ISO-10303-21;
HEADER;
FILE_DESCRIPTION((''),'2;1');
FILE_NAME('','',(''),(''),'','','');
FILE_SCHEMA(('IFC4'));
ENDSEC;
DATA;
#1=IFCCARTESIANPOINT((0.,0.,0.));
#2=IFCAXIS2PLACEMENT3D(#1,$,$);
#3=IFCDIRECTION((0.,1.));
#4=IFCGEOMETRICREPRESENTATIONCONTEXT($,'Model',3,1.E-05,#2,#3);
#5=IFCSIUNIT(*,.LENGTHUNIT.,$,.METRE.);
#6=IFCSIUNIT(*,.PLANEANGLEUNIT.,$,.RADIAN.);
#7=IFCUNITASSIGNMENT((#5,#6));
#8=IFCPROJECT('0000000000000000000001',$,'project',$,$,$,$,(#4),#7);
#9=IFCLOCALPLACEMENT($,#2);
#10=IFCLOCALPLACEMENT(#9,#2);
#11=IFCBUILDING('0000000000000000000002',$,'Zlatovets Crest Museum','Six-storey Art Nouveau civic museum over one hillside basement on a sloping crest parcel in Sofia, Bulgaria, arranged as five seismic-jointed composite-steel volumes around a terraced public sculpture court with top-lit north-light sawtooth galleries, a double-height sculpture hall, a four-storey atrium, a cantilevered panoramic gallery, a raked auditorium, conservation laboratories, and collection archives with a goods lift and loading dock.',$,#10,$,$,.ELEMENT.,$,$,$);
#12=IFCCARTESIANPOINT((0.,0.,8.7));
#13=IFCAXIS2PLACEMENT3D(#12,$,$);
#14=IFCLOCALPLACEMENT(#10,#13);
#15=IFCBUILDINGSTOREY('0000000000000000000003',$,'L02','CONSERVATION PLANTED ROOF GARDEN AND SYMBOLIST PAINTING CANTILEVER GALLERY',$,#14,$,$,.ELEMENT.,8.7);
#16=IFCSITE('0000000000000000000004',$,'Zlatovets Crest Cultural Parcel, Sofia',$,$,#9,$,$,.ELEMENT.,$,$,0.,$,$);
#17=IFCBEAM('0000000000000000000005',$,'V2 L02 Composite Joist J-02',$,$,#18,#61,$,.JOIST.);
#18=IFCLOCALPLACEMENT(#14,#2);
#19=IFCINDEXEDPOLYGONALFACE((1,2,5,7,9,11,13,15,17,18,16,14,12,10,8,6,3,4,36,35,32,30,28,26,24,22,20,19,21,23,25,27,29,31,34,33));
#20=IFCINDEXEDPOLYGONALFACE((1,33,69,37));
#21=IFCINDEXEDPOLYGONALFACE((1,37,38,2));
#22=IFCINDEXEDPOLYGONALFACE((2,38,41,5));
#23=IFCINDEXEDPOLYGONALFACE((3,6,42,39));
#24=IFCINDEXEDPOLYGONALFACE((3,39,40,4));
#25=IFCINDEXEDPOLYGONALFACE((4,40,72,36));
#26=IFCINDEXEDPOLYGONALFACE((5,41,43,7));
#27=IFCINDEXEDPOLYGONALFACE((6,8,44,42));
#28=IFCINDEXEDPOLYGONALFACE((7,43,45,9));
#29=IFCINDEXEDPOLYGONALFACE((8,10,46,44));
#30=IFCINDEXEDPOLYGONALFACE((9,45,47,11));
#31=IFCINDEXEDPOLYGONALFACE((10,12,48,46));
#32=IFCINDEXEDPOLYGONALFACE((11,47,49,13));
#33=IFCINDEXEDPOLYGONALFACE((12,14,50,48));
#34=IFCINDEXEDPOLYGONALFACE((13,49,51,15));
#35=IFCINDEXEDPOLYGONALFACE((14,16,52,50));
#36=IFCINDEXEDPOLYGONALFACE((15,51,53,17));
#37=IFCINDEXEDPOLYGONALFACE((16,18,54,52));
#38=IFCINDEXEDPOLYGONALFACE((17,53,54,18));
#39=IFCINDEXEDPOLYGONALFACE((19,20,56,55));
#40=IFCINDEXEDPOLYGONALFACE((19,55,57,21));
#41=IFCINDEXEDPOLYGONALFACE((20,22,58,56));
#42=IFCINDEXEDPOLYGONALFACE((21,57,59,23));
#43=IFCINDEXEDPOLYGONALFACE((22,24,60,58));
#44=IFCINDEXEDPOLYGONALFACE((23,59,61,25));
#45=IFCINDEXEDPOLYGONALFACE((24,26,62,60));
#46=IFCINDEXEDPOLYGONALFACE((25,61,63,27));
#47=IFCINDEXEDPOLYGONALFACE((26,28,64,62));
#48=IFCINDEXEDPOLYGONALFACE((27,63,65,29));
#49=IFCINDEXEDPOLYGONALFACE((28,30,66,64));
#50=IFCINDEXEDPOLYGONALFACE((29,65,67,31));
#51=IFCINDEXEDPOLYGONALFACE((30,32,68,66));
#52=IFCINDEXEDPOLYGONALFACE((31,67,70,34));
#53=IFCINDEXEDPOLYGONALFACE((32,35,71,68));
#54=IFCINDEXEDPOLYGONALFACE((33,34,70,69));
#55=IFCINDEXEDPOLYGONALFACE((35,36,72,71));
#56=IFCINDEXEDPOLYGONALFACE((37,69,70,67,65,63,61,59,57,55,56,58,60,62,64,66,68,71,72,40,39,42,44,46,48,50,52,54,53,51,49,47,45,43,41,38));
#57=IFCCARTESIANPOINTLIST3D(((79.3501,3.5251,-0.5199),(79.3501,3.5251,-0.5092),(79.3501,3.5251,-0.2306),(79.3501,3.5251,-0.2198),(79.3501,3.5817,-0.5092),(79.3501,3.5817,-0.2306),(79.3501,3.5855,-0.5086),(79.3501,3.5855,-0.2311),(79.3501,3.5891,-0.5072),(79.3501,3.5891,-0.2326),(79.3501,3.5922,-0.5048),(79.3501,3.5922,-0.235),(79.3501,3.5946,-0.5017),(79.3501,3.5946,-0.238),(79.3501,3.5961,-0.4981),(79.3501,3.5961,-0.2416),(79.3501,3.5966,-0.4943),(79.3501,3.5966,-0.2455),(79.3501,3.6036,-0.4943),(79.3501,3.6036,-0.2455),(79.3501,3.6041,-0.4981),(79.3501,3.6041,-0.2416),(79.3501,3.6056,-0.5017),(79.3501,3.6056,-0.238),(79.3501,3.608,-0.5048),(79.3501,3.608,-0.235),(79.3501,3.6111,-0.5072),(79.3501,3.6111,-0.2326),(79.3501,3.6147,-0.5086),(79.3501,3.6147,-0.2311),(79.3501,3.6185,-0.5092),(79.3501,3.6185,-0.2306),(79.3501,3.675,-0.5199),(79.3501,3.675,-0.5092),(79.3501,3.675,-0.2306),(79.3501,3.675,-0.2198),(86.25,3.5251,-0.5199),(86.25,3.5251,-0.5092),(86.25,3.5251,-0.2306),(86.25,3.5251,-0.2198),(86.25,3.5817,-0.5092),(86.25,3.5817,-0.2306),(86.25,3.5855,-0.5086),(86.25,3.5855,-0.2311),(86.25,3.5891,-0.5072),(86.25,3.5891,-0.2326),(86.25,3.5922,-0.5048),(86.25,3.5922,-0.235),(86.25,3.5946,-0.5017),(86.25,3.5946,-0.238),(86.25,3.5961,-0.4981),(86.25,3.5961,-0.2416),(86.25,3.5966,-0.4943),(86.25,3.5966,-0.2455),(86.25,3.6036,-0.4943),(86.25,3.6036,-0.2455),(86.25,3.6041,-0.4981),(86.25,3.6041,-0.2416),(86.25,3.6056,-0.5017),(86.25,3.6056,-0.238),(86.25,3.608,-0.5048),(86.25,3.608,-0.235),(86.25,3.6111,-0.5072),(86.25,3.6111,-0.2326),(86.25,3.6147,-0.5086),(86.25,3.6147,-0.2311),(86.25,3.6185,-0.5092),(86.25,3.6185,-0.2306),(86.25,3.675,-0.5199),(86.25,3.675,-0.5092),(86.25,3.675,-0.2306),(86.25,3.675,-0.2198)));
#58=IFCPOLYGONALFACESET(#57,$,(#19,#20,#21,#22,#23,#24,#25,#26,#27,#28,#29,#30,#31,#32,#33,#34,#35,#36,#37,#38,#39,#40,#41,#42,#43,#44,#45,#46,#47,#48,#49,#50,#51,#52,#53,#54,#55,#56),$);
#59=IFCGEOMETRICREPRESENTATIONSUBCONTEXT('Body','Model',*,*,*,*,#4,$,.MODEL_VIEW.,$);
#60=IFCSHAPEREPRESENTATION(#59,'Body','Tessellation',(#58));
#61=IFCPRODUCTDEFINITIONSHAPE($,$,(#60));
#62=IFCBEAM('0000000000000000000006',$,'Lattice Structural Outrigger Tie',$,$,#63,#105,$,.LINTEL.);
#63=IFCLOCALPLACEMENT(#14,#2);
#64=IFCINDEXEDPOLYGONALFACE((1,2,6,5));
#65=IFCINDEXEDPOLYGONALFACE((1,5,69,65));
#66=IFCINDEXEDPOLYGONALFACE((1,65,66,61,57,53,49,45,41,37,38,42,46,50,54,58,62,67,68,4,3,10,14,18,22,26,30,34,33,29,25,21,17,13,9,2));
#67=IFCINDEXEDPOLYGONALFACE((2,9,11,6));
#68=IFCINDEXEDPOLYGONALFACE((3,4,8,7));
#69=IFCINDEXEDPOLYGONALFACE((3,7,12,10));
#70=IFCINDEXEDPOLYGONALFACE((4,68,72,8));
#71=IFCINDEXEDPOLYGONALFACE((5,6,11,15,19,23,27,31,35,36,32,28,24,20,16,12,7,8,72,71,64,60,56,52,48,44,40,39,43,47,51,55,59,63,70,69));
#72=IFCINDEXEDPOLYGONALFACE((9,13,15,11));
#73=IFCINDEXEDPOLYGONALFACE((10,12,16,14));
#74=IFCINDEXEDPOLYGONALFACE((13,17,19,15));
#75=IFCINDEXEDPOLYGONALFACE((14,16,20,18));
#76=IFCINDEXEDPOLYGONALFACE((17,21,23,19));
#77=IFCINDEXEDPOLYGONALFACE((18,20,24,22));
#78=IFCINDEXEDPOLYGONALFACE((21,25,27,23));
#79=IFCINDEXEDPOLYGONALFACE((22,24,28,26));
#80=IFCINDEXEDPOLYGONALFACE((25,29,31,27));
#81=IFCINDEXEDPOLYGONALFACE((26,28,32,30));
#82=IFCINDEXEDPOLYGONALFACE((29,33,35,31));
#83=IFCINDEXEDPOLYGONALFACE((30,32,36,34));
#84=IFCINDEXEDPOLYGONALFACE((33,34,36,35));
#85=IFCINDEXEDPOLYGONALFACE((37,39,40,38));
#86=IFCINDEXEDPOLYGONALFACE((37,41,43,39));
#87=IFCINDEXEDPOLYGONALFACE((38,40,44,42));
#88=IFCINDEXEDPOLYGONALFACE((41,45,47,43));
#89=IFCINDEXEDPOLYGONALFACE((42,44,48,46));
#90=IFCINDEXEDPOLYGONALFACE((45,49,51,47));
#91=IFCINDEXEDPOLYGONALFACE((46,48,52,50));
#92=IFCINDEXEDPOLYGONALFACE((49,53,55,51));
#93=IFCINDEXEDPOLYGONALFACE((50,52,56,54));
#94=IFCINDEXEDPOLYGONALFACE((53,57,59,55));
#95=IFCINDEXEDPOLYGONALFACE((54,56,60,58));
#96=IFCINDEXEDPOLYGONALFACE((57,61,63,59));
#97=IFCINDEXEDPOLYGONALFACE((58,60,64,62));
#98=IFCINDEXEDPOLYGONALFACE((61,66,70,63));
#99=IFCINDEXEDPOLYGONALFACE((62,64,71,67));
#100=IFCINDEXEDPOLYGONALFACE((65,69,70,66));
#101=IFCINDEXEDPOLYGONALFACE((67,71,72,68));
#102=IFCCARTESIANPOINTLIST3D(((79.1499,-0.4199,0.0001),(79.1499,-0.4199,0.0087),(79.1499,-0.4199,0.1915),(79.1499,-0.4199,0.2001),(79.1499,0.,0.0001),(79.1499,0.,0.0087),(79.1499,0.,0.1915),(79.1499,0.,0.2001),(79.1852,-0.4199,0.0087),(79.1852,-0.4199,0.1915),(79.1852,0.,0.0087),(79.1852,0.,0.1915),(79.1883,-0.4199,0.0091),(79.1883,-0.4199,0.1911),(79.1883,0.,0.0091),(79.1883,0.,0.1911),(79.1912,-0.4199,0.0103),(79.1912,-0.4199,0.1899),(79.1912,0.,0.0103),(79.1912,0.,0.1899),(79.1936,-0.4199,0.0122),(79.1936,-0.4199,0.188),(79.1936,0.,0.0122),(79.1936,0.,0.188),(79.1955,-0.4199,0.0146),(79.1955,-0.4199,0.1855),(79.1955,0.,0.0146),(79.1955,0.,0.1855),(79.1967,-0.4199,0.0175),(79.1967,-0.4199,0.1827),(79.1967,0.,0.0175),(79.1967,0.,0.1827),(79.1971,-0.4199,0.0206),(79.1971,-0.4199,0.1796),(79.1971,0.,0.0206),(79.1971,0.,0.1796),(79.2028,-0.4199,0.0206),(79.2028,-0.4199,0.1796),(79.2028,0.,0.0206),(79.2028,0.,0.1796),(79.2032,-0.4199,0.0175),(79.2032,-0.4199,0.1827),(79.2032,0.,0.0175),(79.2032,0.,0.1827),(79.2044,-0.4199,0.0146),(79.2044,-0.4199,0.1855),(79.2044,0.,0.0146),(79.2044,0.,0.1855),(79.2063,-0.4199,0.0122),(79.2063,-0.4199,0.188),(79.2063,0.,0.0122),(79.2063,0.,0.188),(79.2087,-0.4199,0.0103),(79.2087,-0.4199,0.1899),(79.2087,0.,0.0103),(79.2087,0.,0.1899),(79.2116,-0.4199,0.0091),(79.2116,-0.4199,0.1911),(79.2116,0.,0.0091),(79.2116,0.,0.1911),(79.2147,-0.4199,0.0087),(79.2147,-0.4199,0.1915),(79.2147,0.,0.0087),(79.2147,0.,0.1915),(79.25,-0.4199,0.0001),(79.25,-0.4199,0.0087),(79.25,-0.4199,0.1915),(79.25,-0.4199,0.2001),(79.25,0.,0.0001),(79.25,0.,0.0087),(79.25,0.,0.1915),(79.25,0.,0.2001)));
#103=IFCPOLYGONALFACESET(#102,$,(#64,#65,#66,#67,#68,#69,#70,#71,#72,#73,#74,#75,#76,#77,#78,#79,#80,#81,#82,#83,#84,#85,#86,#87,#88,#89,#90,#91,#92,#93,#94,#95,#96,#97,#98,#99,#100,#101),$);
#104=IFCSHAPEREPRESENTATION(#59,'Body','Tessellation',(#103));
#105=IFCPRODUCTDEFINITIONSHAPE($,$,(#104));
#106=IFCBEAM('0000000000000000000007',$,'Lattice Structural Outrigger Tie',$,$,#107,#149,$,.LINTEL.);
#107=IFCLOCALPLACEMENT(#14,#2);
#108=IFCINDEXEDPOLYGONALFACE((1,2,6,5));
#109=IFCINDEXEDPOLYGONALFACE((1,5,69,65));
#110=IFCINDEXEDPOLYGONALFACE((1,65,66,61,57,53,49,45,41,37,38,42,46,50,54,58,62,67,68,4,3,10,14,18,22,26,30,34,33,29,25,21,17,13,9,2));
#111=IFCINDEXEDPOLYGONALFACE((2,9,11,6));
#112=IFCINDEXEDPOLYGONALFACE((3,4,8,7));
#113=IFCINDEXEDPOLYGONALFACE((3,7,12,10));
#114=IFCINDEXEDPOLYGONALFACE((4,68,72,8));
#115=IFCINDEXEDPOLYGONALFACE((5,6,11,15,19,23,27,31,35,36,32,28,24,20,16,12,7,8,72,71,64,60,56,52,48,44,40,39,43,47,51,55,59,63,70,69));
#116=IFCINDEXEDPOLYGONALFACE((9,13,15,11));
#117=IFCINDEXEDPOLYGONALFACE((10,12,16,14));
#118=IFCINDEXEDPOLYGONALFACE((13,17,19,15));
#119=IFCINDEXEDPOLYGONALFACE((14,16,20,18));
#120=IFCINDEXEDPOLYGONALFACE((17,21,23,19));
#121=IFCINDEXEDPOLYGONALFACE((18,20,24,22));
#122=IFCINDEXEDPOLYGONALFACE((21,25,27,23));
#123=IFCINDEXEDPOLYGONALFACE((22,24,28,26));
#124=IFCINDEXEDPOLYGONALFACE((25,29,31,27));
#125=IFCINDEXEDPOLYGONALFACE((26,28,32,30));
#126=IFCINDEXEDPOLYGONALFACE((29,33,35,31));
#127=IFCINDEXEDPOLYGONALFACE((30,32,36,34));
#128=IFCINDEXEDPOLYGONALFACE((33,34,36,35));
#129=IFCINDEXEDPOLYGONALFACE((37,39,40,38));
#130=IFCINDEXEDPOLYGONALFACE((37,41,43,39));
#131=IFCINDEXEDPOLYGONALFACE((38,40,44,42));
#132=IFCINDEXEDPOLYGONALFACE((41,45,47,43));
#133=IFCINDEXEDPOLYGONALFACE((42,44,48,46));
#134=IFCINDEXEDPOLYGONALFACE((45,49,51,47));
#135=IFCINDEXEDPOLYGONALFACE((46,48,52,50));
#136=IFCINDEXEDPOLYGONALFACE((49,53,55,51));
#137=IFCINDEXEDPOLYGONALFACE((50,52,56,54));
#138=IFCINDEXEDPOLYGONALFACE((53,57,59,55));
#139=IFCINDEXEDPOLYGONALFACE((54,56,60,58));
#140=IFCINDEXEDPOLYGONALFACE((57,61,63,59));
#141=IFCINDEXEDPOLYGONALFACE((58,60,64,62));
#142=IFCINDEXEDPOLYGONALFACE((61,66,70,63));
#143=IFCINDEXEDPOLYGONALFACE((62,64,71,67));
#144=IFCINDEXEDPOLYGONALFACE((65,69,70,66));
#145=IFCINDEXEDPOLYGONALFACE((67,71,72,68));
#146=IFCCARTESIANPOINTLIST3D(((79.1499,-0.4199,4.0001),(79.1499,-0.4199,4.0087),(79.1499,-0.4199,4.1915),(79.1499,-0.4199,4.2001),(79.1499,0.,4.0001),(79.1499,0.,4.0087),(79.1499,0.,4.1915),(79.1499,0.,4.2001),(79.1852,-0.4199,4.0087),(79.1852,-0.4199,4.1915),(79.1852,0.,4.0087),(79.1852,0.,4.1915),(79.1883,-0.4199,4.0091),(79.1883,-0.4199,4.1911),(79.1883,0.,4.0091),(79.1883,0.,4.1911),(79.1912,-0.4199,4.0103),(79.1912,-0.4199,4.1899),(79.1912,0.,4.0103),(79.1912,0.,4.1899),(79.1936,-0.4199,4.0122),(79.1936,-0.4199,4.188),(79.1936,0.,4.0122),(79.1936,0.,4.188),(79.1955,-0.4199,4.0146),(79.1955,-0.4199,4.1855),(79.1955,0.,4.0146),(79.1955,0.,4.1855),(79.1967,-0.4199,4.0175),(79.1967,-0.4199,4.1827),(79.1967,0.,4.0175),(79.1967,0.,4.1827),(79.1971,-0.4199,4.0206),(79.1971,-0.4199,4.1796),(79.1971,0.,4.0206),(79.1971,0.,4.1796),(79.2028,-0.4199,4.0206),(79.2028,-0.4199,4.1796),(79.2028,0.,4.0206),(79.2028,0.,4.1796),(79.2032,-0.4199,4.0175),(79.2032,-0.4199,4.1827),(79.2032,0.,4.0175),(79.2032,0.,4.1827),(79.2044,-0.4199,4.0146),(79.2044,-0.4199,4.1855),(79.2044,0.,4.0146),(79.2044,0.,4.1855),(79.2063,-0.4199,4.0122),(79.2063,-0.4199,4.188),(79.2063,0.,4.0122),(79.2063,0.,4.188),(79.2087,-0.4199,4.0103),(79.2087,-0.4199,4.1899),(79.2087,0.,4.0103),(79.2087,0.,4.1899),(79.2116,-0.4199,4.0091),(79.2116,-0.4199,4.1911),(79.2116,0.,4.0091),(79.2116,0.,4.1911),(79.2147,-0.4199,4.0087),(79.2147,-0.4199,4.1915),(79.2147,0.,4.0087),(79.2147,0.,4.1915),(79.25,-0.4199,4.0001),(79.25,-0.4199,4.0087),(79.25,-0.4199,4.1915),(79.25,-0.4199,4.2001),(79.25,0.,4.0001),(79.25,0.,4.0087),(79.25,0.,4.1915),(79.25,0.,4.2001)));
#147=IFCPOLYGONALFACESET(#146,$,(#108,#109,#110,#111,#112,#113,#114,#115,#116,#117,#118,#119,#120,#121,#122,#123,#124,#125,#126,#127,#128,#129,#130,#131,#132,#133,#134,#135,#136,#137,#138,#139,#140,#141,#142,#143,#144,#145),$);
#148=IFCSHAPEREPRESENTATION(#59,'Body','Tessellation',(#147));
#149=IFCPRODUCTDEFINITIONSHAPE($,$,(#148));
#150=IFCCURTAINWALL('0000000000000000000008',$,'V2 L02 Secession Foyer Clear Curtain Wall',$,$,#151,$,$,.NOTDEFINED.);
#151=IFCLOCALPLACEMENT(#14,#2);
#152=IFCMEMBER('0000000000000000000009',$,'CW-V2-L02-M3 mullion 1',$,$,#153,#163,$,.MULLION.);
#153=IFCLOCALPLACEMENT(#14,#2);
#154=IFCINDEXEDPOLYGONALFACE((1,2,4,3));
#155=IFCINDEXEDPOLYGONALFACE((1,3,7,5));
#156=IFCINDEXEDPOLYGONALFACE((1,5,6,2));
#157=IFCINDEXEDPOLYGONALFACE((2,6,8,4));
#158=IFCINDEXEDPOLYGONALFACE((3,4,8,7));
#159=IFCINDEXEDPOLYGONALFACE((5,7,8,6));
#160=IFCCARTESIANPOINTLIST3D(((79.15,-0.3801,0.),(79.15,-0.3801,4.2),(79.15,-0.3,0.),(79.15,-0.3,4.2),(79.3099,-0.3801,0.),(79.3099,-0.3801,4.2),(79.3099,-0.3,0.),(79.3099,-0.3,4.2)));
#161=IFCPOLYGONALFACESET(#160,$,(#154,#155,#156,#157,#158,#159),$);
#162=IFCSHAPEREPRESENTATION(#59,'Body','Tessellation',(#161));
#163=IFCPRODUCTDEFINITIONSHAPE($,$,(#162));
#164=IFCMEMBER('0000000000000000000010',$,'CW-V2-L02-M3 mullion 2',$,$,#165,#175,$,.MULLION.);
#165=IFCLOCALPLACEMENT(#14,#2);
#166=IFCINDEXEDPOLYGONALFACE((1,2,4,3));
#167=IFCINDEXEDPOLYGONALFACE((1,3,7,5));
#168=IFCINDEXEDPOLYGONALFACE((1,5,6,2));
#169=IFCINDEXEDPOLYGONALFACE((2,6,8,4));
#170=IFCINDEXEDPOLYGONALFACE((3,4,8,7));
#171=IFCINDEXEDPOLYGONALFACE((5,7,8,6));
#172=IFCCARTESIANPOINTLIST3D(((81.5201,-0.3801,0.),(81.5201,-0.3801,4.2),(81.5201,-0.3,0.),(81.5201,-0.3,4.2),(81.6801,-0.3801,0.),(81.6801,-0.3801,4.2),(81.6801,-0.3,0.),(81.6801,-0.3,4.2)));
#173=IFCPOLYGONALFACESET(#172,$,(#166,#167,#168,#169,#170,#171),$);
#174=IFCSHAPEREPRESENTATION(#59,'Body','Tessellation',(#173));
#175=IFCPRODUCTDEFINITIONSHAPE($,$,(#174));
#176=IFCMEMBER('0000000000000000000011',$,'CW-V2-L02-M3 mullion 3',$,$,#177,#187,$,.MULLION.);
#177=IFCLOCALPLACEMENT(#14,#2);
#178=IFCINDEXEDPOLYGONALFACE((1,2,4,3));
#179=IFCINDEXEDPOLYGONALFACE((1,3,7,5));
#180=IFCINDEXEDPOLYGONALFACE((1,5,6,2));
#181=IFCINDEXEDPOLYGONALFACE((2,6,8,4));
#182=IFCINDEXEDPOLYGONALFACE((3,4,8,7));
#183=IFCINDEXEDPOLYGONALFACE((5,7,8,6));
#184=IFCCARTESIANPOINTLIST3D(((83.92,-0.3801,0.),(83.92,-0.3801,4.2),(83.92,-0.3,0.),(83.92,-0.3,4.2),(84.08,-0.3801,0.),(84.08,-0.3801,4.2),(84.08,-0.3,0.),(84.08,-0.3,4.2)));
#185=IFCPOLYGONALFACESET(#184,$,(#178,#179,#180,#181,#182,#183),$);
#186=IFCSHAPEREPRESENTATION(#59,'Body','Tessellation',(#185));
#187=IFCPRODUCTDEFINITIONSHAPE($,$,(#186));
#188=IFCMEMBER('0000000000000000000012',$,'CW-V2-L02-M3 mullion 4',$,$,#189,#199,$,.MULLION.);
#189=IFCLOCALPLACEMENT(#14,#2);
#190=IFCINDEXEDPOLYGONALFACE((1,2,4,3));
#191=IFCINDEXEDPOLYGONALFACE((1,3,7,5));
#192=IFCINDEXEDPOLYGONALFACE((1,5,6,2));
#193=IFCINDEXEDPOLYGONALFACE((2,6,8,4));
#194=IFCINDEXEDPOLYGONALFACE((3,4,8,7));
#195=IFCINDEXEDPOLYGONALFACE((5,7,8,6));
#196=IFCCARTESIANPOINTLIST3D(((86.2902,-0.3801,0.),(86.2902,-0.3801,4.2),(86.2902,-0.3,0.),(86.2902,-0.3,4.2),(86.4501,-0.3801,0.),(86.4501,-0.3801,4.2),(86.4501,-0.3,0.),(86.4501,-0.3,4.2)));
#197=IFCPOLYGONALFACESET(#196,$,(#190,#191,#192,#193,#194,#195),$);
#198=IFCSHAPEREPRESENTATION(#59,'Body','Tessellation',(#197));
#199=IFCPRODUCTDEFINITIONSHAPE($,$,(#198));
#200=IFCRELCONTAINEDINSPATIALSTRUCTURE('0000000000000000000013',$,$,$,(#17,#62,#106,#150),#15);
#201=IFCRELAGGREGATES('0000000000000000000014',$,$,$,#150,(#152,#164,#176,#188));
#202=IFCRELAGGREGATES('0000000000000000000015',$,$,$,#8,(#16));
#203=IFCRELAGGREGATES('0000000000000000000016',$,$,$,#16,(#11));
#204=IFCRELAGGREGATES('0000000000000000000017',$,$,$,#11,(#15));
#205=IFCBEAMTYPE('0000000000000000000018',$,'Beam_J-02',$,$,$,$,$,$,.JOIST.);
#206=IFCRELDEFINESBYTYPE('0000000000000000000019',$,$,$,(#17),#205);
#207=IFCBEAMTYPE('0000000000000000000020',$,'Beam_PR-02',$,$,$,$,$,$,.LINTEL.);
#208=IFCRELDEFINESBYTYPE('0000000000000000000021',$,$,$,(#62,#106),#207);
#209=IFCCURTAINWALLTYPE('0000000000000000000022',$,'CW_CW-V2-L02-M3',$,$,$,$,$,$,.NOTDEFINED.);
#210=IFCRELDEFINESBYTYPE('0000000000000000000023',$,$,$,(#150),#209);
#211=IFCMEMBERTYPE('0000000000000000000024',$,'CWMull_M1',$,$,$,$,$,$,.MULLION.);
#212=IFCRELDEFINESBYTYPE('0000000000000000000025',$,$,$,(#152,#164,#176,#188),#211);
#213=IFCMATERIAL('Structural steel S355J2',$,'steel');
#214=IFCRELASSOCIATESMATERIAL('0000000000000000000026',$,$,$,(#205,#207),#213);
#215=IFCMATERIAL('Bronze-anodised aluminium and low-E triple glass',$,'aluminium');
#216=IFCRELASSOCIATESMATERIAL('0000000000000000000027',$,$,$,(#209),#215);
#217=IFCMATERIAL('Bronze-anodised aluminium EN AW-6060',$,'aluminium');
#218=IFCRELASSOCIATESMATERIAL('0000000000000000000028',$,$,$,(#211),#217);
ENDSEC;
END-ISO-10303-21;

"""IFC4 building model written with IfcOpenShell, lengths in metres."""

from ifc_helpers import new_model, si_unit, direction, frame, origin, origin_2d, place, context, subcontext, project, spatial, rectangle, i_section, extrude, material, material_profile, profile_set, type_object, element, aggregate, save


model = new_model("IFC4")

# Units and contexts
model_context = context("Model", 3, precision=1e-05, world=origin(), true_north=direction((0.0, 1.0)))
body_context = subcontext(model_context, "Body", "Model", "MODEL_VIEW")
ifc_project = project(units=[si_unit("LENGTHUNIT", "METRE"), si_unit("PLANEANGLEUNIT", "RADIAN")], contexts=[model_context])

# Site, building, storey
site_placement = place(None, origin())
site = spatial("IfcSite", under=ifc_project, at=site_placement, Name="Zlatovets Crest Cultural Parcel, Sofia", CompositionType="ELEMENT", RefElevation=0.0)
building_placement = place(site_placement, origin())
building = spatial("IfcBuilding", under=site, at=building_placement, Name="Zlatovets Crest Museum", Description="Six-storey Art Nouveau civic museum over one hillside basement on a sloping crest parcel in Sofia, Bulgaria, arranged as five seismic-jointed composite-steel volumes around a terraced public sculpture court with top-lit north-light sawtooth galleries, a double-height sculpture hall, a four-storey atrium, a cantilevered panoramic gallery, a raked auditorium, conservation laboratories, and collection archives with a goods lift and loading dock.", CompositionType="ELEMENT")
storey_placement = place(building_placement, frame((0.0, 0.0, 8.7)))
storey = spatial("IfcBuildingStorey", under=building, at=storey_placement, Name="L02", Description="CONSERVATION PLANTED ROOF GARDEN AND SYMBOLIST PAINTING CANTILEVER GALLERY", CompositionType="ELEMENT", Elevation=8.7)

# Shared definitions
ifc_material_1 = material(Name="Structural steel S355J2", Category="steel")

# Beams
ifc_material_profile_1 = material_profile(ifc_material_1, i_section(OverallWidth=0.1499, OverallDepth=0.3, WebThickness=0.0071, FlangeThickness=0.0107, FilletRadius=0.0149, at=origin_2d()), Name="IPE 300")
ifc_profile_set_1 = profile_set([ifc_material_profile_1], Name="Structural steel S355J2")
beam_type_1 = type_object("IfcBeamType", Name="Beam_J-02", PredefinedType="JOIST", material=ifc_profile_set_1)
beam_1_placement = place(storey_placement, frame((79.3501, 3.6001, -0.3699), z_axis=(1.0, 0.0, 0.0), x_axis=(0.0, 1.0, 0.0)))
element("IfcBeam", 1, at=beam_1_placement, inside=storey, type_object=beam_type_1, Name="V2 L02 Composite Joist J-02", PredefinedType="JOIST", context=body_context, shape_type="SweptSolid", body=[
    extrude(i_section(OverallWidth=0.1499, OverallDepth=0.3, WebThickness=0.0071, FlangeThickness=0.0107, FilletRadius=0.0149, at=origin_2d()), origin(), (0.0, 0.0, 1.0), 6.8999),
])
ifc_material_profile_2 = material_profile(ifc_material_1, i_section(OverallWidth=0.1001, OverallDepth=0.2, WebThickness=0.0056, FlangeThickness=0.0085, FilletRadius=0.012, at=origin_2d()), Name="IPE 200")
ifc_profile_set_2 = profile_set([ifc_material_profile_2], Name="Structural steel S355J2")
beam_type_2 = type_object("IfcBeamType", Name="Beam_PR-02", PredefinedType="LINTEL", material=ifc_profile_set_2)
for number, where, z_axis, x_axis, name in (
    (2, (79.2, 0.0, 0.1001), (0.0, -1.0, 0.0), (1.0, 0.0, 0.0), "Lattice Structural Outrigger Tie"),
    (3, (79.2, 0.0, 4.1001), (0.0, -1.0, 0.0), (1.0, 0.0, 0.0), "Lattice Structural Outrigger Tie"),
):
    element("IfcBeam", number, at=place(storey_placement, frame(where, z_axis=z_axis, x_axis=x_axis)), inside=storey, type_object=beam_type_2, Name=name, PredefinedType="LINTEL", context=body_context, shape_type="SweptSolid", body=[
        extrude(i_section(OverallWidth=0.1001, OverallDepth=0.2, WebThickness=0.0056, FlangeThickness=0.0085, FilletRadius=0.012, at=origin_2d()), origin(), (0.0, 0.0, 1.0), 0.4199),
    ])

# Curtain wall, members
ifc_material_2 = material(Name="Bronze-anodised aluminium and low-E triple glass", Category="aluminium")
curtain_wall_type = type_object("IfcCurtainWallType", Name="CW_CW-V2-L02-M3", PredefinedType="NOTDEFINED", material=ifc_material_2)
curtain_wall_placement = place(storey_placement, origin())
curtain_wall = element("IfcCurtainWall", 4, at=curtain_wall_placement, inside=storey, type_object=curtain_wall_type, Name="V2 L02 Secession Foyer Clear Curtain Wall", PredefinedType="NOTDEFINED")
ifc_material_3 = material(Name="Bronze-anodised aluminium EN AW-6060", Category="aluminium")
ifc_material_profile_3 = material_profile(ifc_material_3, rectangle(XDim=0.0801, YDim=0.1599, at=origin_2d()), Name="ALU 80x160")
ifc_profile_set_3 = profile_set([ifc_material_profile_3], Name="Bronze-anodised aluminium EN AW-6060")
member_type_1 = type_object("IfcMemberType", Name="CWMull_M1", PredefinedType="MULLION", material=ifc_profile_set_3)
member_1_placement = place(storey_placement, frame((79.23, -0.3401, 0.0), z_axis=(0.0, 0.0, 1.0), x_axis=(0.0, 1.0, 0.0)))
member_1 = element("IfcMember", 5, at=member_1_placement, type_object=member_type_1, Name="CW-V2-L02-M3 mullion 1", PredefinedType="MULLION", context=body_context, shape_type="SweptSolid", body=[
    extrude(rectangle(XDim=0.0801, YDim=0.1599, at=origin_2d()), origin(), (0.0, 0.0, 1.0), 4.2),
])
member_2_placement = place(storey_placement, frame((81.6001, -0.3401, 0.0), z_axis=(0.0, 0.0, 1.0), x_axis=(0.0, 1.0, 0.0)))
member_2 = element("IfcMember", 6, at=member_2_placement, type_object=member_type_1, Name="CW-V2-L02-M3 mullion 2", PredefinedType="MULLION", context=body_context, shape_type="SweptSolid", body=[
    extrude(rectangle(XDim=0.0801, YDim=0.1599, at=origin_2d()), origin(), (0.0, 0.0, 1.0), 4.2),
])
member_3_placement = place(storey_placement, frame((84.0, -0.3401, 0.0), z_axis=(0.0, 0.0, 1.0), x_axis=(0.0, 1.0, 0.0)))
member_3 = element("IfcMember", 7, at=member_3_placement, type_object=member_type_1, Name="CW-V2-L02-M3 mullion 3", PredefinedType="MULLION", context=body_context, shape_type="SweptSolid", body=[
    extrude(rectangle(XDim=0.0801, YDim=0.1599, at=origin_2d()), origin(), (0.0, 0.0, 1.0), 4.2),
])
member_4_placement = place(storey_placement, frame((86.3701, -0.3401, 0.0), z_axis=(0.0, 0.0, 1.0), x_axis=(0.0, 1.0, 0.0)))
member_4 = element("IfcMember", 8, at=member_4_placement, type_object=member_type_1, Name="CW-V2-L02-M3 mullion 4", PredefinedType="MULLION", context=body_context, shape_type="SweptSolid", body=[
    extrude(rectangle(XDim=0.0801, YDim=0.1599, at=origin_2d()), origin(), (0.0, 0.0, 1.0), 4.2),
])

aggregate(curtain_wall, [member_1, member_2, member_3, member_4])

save(model, "model.ifc")
